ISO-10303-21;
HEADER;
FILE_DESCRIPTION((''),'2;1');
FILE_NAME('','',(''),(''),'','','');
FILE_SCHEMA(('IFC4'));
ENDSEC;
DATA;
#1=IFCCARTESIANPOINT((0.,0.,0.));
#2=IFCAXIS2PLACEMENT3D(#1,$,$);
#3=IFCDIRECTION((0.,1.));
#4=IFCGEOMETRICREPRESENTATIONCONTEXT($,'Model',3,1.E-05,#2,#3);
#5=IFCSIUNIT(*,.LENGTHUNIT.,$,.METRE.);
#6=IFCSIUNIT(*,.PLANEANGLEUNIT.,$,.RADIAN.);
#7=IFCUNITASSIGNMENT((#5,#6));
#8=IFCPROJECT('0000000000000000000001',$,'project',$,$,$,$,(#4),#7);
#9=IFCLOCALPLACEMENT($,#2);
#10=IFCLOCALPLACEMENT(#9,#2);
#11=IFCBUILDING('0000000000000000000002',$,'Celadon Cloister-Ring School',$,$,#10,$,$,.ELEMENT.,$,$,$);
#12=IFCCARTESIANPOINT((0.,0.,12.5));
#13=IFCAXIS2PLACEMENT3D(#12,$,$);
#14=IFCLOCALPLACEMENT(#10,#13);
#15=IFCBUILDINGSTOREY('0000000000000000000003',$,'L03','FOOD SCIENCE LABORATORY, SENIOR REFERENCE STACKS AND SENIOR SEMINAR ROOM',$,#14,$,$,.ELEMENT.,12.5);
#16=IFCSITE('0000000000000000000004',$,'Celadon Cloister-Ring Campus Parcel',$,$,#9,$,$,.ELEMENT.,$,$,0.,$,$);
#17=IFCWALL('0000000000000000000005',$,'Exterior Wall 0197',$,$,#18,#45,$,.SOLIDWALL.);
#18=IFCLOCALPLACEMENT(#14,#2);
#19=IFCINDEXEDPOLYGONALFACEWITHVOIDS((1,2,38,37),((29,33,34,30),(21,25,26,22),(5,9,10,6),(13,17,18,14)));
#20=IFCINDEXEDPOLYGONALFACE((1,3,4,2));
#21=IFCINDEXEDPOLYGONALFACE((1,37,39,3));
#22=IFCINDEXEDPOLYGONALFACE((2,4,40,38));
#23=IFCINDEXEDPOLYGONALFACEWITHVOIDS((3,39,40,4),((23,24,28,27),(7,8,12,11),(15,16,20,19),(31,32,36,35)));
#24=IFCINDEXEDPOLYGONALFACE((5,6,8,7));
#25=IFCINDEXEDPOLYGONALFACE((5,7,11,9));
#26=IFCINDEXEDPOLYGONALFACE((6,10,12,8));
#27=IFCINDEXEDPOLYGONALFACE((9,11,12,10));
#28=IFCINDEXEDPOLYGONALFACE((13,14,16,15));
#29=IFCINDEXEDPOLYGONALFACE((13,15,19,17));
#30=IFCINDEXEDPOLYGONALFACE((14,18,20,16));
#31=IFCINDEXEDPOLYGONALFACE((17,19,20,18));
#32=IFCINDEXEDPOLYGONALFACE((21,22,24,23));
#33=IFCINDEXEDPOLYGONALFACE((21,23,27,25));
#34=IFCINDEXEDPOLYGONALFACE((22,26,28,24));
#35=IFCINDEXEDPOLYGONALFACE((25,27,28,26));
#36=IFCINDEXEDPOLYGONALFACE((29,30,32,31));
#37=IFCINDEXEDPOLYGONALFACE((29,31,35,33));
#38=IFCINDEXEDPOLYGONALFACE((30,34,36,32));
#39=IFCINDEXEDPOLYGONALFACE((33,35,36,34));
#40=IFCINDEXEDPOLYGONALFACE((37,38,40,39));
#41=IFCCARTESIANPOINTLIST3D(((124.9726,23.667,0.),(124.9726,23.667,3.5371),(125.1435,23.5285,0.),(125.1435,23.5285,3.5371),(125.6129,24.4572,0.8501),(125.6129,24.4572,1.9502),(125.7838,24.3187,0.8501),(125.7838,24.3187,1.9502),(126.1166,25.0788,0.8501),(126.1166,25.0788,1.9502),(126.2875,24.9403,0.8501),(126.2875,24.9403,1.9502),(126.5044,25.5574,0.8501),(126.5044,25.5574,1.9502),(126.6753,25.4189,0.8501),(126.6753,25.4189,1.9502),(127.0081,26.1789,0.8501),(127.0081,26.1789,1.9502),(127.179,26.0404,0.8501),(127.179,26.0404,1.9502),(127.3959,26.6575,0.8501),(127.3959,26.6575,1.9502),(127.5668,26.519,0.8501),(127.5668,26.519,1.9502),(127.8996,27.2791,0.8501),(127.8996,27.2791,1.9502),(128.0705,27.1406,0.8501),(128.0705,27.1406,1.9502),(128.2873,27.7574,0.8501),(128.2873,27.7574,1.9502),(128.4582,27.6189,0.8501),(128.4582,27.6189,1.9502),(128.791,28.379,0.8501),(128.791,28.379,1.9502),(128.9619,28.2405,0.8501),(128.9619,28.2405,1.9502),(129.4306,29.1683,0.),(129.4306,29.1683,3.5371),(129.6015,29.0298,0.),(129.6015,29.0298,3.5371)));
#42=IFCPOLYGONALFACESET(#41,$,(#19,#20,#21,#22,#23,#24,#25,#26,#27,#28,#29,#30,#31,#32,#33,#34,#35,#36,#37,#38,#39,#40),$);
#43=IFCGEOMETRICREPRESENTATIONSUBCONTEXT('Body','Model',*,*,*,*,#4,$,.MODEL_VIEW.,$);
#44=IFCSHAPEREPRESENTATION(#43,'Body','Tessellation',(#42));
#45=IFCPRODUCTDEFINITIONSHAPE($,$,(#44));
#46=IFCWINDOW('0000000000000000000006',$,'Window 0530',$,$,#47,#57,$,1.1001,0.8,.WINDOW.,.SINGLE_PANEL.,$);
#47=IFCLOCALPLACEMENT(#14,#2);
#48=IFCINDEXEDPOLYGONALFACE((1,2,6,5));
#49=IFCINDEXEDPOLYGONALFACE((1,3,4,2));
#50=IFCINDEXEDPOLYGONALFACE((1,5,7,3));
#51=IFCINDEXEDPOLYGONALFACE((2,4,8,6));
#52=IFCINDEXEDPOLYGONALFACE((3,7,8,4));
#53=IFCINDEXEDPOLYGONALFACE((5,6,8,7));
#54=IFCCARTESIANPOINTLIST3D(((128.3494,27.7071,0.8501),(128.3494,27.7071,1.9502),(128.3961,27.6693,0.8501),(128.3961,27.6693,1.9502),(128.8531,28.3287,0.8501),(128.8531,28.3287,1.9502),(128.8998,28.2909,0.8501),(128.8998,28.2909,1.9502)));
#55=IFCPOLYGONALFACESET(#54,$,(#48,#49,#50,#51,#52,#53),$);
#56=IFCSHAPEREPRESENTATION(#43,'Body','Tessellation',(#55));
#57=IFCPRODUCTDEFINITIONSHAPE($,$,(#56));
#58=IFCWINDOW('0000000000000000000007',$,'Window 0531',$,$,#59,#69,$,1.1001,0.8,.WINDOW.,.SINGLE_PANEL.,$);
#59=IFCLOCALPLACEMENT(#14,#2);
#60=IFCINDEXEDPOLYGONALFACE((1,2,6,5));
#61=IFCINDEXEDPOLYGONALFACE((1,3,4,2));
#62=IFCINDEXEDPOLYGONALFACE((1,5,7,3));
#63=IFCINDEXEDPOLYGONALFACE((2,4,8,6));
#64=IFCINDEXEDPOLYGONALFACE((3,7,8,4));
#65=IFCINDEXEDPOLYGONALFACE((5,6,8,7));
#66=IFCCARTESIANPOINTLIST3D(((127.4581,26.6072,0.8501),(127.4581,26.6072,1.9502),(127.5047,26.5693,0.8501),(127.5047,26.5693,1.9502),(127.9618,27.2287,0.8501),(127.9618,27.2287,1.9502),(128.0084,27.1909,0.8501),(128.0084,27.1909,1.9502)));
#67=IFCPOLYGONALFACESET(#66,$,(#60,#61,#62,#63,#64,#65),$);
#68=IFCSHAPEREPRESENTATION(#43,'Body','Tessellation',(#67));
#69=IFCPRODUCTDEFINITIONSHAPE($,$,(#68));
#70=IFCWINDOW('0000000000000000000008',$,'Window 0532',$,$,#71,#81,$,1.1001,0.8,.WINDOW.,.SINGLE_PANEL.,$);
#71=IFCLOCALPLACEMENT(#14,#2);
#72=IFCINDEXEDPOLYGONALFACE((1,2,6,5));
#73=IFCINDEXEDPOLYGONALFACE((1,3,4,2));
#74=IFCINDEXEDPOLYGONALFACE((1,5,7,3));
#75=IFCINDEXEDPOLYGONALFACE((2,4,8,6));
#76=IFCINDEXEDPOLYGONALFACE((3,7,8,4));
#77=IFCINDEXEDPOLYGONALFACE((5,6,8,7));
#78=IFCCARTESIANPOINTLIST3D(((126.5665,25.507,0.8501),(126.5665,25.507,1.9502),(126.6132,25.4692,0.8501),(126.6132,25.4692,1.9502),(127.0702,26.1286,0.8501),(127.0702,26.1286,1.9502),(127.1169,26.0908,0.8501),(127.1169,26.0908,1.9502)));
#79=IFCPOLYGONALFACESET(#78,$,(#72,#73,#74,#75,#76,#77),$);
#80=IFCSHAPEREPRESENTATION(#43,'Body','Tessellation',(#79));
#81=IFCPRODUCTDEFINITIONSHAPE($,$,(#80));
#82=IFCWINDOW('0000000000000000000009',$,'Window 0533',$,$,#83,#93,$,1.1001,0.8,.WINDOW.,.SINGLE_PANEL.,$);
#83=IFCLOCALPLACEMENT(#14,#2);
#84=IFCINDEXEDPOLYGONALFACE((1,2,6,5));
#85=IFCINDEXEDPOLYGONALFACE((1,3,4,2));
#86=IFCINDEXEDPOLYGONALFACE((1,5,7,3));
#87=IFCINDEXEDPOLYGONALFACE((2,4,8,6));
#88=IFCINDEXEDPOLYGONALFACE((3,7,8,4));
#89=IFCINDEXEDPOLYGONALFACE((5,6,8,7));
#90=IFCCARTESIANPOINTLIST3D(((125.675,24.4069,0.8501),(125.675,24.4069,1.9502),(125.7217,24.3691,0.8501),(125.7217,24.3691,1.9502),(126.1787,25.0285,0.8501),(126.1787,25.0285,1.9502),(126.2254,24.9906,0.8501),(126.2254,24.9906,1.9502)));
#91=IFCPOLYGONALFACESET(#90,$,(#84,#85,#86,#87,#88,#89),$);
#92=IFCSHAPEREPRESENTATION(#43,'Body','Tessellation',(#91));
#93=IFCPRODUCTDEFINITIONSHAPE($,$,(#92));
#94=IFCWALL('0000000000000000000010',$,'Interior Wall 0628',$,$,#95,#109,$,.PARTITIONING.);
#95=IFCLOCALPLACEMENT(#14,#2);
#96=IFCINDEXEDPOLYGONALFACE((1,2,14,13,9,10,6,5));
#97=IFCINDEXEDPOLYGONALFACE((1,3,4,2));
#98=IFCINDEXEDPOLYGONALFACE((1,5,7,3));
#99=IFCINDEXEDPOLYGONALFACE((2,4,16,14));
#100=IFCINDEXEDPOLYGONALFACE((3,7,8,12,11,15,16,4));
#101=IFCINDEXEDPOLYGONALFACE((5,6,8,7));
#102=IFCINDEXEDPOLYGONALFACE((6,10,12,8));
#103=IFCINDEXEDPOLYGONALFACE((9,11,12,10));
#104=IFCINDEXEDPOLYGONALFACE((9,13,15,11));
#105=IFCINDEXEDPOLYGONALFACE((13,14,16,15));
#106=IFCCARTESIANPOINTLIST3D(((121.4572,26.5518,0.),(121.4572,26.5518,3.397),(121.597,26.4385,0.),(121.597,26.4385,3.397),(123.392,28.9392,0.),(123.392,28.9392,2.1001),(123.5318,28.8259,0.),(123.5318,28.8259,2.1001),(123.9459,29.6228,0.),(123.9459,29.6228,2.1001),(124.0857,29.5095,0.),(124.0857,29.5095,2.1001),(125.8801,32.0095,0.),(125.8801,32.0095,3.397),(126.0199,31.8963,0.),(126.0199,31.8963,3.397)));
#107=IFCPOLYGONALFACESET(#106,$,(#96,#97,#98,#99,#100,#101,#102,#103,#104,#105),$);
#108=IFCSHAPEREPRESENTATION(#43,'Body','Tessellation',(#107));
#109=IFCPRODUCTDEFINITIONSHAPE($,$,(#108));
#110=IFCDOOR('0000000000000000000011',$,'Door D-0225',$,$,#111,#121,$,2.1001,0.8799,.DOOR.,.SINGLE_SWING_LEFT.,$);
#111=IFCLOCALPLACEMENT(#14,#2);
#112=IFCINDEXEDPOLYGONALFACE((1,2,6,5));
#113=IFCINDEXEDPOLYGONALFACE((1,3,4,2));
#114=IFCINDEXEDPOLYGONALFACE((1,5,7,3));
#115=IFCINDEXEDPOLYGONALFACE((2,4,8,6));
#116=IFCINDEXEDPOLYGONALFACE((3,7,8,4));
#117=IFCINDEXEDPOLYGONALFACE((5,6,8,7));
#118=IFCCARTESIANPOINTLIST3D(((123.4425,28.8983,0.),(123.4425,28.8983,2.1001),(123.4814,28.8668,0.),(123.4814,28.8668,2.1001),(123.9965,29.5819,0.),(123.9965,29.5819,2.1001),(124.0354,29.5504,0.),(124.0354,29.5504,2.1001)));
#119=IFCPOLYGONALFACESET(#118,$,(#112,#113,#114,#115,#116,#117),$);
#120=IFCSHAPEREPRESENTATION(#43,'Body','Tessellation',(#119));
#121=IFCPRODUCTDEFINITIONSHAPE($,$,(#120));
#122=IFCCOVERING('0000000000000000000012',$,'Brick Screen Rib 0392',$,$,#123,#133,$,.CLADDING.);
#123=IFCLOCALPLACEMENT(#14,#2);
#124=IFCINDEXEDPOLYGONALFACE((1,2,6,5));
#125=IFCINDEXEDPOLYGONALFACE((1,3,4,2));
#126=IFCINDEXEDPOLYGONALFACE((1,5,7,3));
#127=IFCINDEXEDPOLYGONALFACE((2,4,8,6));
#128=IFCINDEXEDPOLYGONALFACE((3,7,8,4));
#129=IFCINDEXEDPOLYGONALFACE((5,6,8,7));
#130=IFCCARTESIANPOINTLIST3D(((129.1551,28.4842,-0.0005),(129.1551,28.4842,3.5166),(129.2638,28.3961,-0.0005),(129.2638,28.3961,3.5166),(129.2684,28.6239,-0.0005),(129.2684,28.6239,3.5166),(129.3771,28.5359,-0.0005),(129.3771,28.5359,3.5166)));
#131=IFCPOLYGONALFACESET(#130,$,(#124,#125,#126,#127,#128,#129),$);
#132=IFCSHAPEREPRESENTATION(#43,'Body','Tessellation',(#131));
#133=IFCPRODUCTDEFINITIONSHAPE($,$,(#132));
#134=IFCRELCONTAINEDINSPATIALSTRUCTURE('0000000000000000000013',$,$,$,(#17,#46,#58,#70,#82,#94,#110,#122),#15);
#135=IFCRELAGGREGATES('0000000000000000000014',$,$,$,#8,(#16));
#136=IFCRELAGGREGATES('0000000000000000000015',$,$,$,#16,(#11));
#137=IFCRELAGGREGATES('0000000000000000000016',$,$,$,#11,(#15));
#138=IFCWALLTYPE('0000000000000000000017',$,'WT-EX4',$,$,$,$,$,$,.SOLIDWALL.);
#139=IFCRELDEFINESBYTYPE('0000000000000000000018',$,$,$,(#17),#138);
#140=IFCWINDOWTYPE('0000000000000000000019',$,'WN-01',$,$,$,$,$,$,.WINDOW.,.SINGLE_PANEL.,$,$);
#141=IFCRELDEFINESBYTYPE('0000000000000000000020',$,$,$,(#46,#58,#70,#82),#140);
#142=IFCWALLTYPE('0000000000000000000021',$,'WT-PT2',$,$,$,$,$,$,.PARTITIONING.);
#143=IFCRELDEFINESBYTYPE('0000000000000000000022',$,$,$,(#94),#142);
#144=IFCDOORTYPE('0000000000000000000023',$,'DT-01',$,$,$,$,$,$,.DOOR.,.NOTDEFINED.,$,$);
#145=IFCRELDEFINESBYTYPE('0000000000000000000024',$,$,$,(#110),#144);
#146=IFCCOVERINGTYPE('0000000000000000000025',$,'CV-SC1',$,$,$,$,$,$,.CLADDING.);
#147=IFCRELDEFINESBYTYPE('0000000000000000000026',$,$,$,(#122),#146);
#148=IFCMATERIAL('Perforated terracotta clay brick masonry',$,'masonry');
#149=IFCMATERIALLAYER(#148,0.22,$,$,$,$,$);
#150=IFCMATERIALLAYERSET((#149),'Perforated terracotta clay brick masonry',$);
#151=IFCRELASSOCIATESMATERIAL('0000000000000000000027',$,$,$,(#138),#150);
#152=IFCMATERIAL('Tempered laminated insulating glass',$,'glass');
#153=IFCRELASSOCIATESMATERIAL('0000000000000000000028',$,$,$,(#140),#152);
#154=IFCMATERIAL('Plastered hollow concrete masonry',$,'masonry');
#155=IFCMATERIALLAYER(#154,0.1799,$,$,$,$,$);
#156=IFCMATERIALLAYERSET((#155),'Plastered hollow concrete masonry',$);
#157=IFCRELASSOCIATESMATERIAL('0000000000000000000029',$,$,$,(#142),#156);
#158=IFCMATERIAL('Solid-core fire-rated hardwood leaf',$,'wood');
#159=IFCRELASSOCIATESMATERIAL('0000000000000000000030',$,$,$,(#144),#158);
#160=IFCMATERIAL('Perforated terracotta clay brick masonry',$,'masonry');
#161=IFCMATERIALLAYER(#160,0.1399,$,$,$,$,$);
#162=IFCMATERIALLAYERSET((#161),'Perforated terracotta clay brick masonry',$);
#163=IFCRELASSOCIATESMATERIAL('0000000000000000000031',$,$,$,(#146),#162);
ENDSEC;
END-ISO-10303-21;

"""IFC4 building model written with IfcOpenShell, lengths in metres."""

from ifc_helpers import new_model, si_unit, direction, frame, frame_2d, origin, origin_2d, place, context, subcontext, project, spatial, rectangle, extrude, material, layer, layer_set, type_object, element, fill, save


model = new_model("IFC4")

# Units and contexts
model_context = context("Model", 3, precision=1e-05, world=origin(), true_north=direction((0.0, 1.0)))
body_context = subcontext(model_context, "Body", "Model", "MODEL_VIEW")
ifc_project = project(units=[si_unit("LENGTHUNIT", "METRE"), si_unit("PLANEANGLEUNIT", "RADIAN")], contexts=[model_context])

# Site, building, storey
site_placement = place(None, origin())
site = spatial("IfcSite", under=ifc_project, at=site_placement, Name="Celadon Cloister-Ring Campus Parcel", CompositionType="ELEMENT", RefElevation=0.0)
building_placement = place(site_placement, origin())
building = spatial("IfcBuilding", under=site, at=building_placement, Name="Celadon Cloister-Ring School", CompositionType="ELEMENT")
storey_placement = place(building_placement, frame((0.0, 0.0, 12.5)))
storey = spatial("IfcBuildingStorey", under=building, at=storey_placement, Name="L03", Description="FOOD SCIENCE LABORATORY, SENIOR REFERENCE STACKS AND SENIOR SEMINAR ROOM", CompositionType="ELEMENT", Elevation=12.5)

# Wall, openings, windows
ifc_material_1 = material(Name="Perforated terracotta clay brick masonry", Category="masonry")
ifc_layer_1 = layer(ifc_material_1, 0.22)
ifc_layer_set_1 = layer_set([ifc_layer_1], Name="Perforated terracotta clay brick masonry")
wall_type_1 = type_object("IfcWallType", Name="WT-EX4", PredefinedType="SOLIDWALL", material=ifc_layer_set_1)
wall_1_placement = place(storey_placement, frame((129.5161, 29.0991, 0.0), z_axis=(0.0, 0.0, 1.0), x_axis=(-0.629594, -0.776924, 0.0)))
wall_1 = element("IfcWall", 1, at=wall_1_placement, inside=storey, type_object=wall_type_1, Name="Exterior Wall 0197", PredefinedType="SOLIDWALL", context=body_context, shape_type="SweptSolid", body=[
    extrude(rectangle(XDim=7.0808, YDim=0.22, at=frame_2d((3.5405, 0.0))), origin(), (0.0, 0.0, 1.0), 3.5371),
])
opening_1_placement = place(wall_1_placement, frame((1.0161, 0.0, 0.8501)))
opening_1 = element("IfcOpeningElement", 2, at=opening_1_placement, cuts=wall_1, PredefinedType="OPENING", context=body_context, shape_type="SweptSolid", body=[
    extrude(rectangle(XDim=0.8, YDim=1.1001, at=frame_2d((0.3999, 0.55))), frame((0.0, 0.1201, 0.0), z_axis=(0.0, -1.0, 0.0), x_axis=(1.0, 0.0, 0.0)), (0.0, 0.0, 1.0), 0.24),
])
opening_2_placement = place(wall_1_placement, frame((2.4319, 0.0, 0.8501)))
opening_2 = element("IfcOpeningElement", 3, at=opening_2_placement, cuts=wall_1, PredefinedType="OPENING", context=body_context, shape_type="SweptSolid", body=[
    extrude(rectangle(XDim=0.8, YDim=1.1001, at=frame_2d((0.3999, 0.55))), frame((0.0, 0.1201, 0.0), z_axis=(0.0, -1.0, 0.0), x_axis=(1.0, 0.0, 0.0)), (0.0, 0.0, 1.0), 0.24),
])
opening_3_placement = place(wall_1_placement, frame((3.8479, 0.0, 0.8501)))
opening_3 = element("IfcOpeningElement", 4, at=opening_3_placement, cuts=wall_1, PredefinedType="OPENING", context=body_context, shape_type="SweptSolid", body=[
    extrude(rectangle(XDim=0.8, YDim=1.1001, at=frame_2d((0.3999, 0.55))), frame((0.0, 0.1201, 0.0), z_axis=(0.0, -1.0, 0.0), x_axis=(1.0, 0.0, 0.0)), (0.0, 0.0, 1.0), 0.24),
])
opening_4_placement = place(wall_1_placement, frame((5.2639, 0.0, 0.8501)))
opening_4 = element("IfcOpeningElement", 5, at=opening_4_placement, cuts=wall_1, PredefinedType="OPENING", context=body_context, shape_type="SweptSolid", body=[
    extrude(rectangle(XDim=0.8, YDim=1.1001, at=frame_2d((0.3999, 0.55))), frame((0.0, 0.1201, 0.0), z_axis=(0.0, -1.0, 0.0), x_axis=(1.0, 0.0, 0.0)), (0.0, 0.0, 1.0), 0.24),
])
ifc_material_2 = material(Name="Tempered laminated insulating glass", Category="glass")
window_type = type_object("IfcWindowType", Name="WN-01", PartitioningType="SINGLE_PANEL", PredefinedType="WINDOW", material=ifc_material_2)
window_1_placement = place(opening_1_placement, origin())
window_1 = element("IfcWindow", 6, at=window_1_placement, inside=storey, type_object=window_type, Name="Window 0530", OverallHeight=1.1001, OverallWidth=0.8, PartitioningType="SINGLE_PANEL", PredefinedType="WINDOW", context=body_context, shape_type="SweptSolid", body=[
    extrude(rectangle(XDim=0.8, YDim=1.1001, at=frame_2d((0.3999, 0.55))), frame((0.0, 0.03, 0.0), z_axis=(0.0, -1.0, 0.0), x_axis=(1.0, 0.0, 0.0)), (0.0, 0.0, 1.0), 0.0601),
])
fill(opening_1, window_1)
window_2_placement = place(opening_2_placement, origin())
window_2 = element("IfcWindow", 7, at=window_2_placement, inside=storey, type_object=window_type, Name="Window 0531", OverallHeight=1.1001, OverallWidth=0.8, PartitioningType="SINGLE_PANEL", PredefinedType="WINDOW", context=body_context, shape_type="SweptSolid", body=[
    extrude(rectangle(XDim=0.8, YDim=1.1001, at=frame_2d((0.3999, 0.55))), frame((0.0, 0.03, 0.0), z_axis=(0.0, -1.0, 0.0), x_axis=(1.0, 0.0, 0.0)), (0.0, 0.0, 1.0), 0.0601),
])
fill(opening_2, window_2)
window_3_placement = place(opening_3_placement, origin())
window_3 = element("IfcWindow", 8, at=window_3_placement, inside=storey, type_object=window_type, Name="Window 0532", OverallHeight=1.1001, OverallWidth=0.8, PartitioningType="SINGLE_PANEL", PredefinedType="WINDOW", context=body_context, shape_type="SweptSolid", body=[
    extrude(rectangle(XDim=0.8, YDim=1.1001, at=frame_2d((0.3999, 0.55))), frame((0.0, 0.03, 0.0), z_axis=(0.0, -1.0, 0.0), x_axis=(1.0, 0.0, 0.0)), (0.0, 0.0, 1.0), 0.0601),
])
fill(opening_3, window_3)
window_4_placement = place(opening_4_placement, origin())
window_4 = element("IfcWindow", 9, at=window_4_placement, inside=storey, type_object=window_type, Name="Window 0533", OverallHeight=1.1001, OverallWidth=0.8, PartitioningType="SINGLE_PANEL", PredefinedType="WINDOW", context=body_context, shape_type="SweptSolid", body=[
    extrude(rectangle(XDim=0.8, YDim=1.1001, at=frame_2d((0.3999, 0.55))), frame((0.0, 0.03, 0.0), z_axis=(0.0, -1.0, 0.0), x_axis=(1.0, 0.0, 0.0)), (0.0, 0.0, 1.0), 0.0601),
])
fill(opening_4, window_4)

# Wall, opening, door
ifc_material_3 = material(Name="Plastered hollow concrete masonry", Category="masonry")
ifc_layer_2 = layer(ifc_material_3, 0.1799)
ifc_layer_set_2 = layer_set([ifc_layer_2], Name="Plastered hollow concrete masonry")
wall_type_2 = type_object("IfcWallType", Name="WT-PT2", PredefinedType="PARTITIONING", material=ifc_layer_set_2)
wall_2_placement = place(storey_placement, frame((121.5271, 26.4951, 0.0), z_axis=(0.0, 0.0, 1.0), x_axis=(0.629599, 0.77692, 0.0)))
wall_2 = element("IfcWall", 10, at=wall_2_placement, inside=storey, type_object=wall_type_2, Name="Interior Wall 0628", PredefinedType="PARTITIONING", context=body_context, shape_type="SweptSolid", body=[
    extrude(rectangle(XDim=7.0249, YDim=0.1799, at=frame_2d((3.5125, 0.0))), origin(), (0.0, 0.0, 1.0), 3.397),
])
opening_5_placement = place(wall_2_placement, frame((3.073, 0.0, 0.0)))
opening_5 = element("IfcOpeningElement", 11, at=opening_5_placement, cuts=wall_2, PredefinedType="OPENING", context=body_context, shape_type="SweptSolid", body=[
    extrude(rectangle(XDim=0.8799, YDim=2.1001, at=frame_2d((0.4399, 1.05))), frame((0.0, 0.1001, 0.0), z_axis=(0.0, -1.0, 0.0), x_axis=(1.0, 0.0, 0.0)), (0.0, 0.0, 1.0), 0.2),
])
ifc_material_4 = material(Name="Solid-core fire-rated hardwood leaf", Category="wood")
door_type = type_object("IfcDoorType", Name="DT-01", OperationType="NOTDEFINED", PredefinedType="DOOR", material=ifc_material_4)
door_placement = place(opening_5_placement, origin())
door = element("IfcDoor", 12, at=door_placement, inside=storey, type_object=door_type, Name="Door D-0225", OperationType="SINGLE_SWING_LEFT", OverallHeight=2.1001, OverallWidth=0.8799, PredefinedType="DOOR", context=body_context, shape_type="SweptSolid", body=[
    extrude(rectangle(XDim=0.8799, YDim=2.1001, at=frame_2d((0.4399, 1.05))), frame((0.0, 0.0249, 0.0), z_axis=(0.0, -1.0, 0.0), x_axis=(1.0, 0.0, 0.0)), (0.0, 0.0, 1.0), 0.05),
])
fill(opening_5, door)

# Covering
ifc_material_5 = material(Name="Perforated terracotta clay brick masonry", Category="masonry")
ifc_layer_3 = layer(ifc_material_5, 0.1399)
ifc_layer_set_3 = layer_set([ifc_layer_3], Name="Perforated terracotta clay brick masonry")
covering_type = type_object("IfcCoveringType", Name="CV-SC1", PredefinedType="CLADDING", material=ifc_layer_set_3)
covering_placement = place(storey_placement, frame((129.2661, 28.51, -0.0005), z_axis=(0.0, 0.0, 1.0), x_axis=(-0.629605, -0.776915, 0.0)))
element("IfcCovering", 13, at=covering_placement, inside=storey, type_object=covering_type, Name="Brick Screen Rib 0392", PredefinedType="CLADDING", context=body_context, shape_type="SweptSolid", body=[
    extrude(rectangle(XDim=0.1799, YDim=0.1399, at=origin_2d()), origin(), (0.0, 0.0, 1.0), 3.5171),
])

save(model, "model.ifc")
